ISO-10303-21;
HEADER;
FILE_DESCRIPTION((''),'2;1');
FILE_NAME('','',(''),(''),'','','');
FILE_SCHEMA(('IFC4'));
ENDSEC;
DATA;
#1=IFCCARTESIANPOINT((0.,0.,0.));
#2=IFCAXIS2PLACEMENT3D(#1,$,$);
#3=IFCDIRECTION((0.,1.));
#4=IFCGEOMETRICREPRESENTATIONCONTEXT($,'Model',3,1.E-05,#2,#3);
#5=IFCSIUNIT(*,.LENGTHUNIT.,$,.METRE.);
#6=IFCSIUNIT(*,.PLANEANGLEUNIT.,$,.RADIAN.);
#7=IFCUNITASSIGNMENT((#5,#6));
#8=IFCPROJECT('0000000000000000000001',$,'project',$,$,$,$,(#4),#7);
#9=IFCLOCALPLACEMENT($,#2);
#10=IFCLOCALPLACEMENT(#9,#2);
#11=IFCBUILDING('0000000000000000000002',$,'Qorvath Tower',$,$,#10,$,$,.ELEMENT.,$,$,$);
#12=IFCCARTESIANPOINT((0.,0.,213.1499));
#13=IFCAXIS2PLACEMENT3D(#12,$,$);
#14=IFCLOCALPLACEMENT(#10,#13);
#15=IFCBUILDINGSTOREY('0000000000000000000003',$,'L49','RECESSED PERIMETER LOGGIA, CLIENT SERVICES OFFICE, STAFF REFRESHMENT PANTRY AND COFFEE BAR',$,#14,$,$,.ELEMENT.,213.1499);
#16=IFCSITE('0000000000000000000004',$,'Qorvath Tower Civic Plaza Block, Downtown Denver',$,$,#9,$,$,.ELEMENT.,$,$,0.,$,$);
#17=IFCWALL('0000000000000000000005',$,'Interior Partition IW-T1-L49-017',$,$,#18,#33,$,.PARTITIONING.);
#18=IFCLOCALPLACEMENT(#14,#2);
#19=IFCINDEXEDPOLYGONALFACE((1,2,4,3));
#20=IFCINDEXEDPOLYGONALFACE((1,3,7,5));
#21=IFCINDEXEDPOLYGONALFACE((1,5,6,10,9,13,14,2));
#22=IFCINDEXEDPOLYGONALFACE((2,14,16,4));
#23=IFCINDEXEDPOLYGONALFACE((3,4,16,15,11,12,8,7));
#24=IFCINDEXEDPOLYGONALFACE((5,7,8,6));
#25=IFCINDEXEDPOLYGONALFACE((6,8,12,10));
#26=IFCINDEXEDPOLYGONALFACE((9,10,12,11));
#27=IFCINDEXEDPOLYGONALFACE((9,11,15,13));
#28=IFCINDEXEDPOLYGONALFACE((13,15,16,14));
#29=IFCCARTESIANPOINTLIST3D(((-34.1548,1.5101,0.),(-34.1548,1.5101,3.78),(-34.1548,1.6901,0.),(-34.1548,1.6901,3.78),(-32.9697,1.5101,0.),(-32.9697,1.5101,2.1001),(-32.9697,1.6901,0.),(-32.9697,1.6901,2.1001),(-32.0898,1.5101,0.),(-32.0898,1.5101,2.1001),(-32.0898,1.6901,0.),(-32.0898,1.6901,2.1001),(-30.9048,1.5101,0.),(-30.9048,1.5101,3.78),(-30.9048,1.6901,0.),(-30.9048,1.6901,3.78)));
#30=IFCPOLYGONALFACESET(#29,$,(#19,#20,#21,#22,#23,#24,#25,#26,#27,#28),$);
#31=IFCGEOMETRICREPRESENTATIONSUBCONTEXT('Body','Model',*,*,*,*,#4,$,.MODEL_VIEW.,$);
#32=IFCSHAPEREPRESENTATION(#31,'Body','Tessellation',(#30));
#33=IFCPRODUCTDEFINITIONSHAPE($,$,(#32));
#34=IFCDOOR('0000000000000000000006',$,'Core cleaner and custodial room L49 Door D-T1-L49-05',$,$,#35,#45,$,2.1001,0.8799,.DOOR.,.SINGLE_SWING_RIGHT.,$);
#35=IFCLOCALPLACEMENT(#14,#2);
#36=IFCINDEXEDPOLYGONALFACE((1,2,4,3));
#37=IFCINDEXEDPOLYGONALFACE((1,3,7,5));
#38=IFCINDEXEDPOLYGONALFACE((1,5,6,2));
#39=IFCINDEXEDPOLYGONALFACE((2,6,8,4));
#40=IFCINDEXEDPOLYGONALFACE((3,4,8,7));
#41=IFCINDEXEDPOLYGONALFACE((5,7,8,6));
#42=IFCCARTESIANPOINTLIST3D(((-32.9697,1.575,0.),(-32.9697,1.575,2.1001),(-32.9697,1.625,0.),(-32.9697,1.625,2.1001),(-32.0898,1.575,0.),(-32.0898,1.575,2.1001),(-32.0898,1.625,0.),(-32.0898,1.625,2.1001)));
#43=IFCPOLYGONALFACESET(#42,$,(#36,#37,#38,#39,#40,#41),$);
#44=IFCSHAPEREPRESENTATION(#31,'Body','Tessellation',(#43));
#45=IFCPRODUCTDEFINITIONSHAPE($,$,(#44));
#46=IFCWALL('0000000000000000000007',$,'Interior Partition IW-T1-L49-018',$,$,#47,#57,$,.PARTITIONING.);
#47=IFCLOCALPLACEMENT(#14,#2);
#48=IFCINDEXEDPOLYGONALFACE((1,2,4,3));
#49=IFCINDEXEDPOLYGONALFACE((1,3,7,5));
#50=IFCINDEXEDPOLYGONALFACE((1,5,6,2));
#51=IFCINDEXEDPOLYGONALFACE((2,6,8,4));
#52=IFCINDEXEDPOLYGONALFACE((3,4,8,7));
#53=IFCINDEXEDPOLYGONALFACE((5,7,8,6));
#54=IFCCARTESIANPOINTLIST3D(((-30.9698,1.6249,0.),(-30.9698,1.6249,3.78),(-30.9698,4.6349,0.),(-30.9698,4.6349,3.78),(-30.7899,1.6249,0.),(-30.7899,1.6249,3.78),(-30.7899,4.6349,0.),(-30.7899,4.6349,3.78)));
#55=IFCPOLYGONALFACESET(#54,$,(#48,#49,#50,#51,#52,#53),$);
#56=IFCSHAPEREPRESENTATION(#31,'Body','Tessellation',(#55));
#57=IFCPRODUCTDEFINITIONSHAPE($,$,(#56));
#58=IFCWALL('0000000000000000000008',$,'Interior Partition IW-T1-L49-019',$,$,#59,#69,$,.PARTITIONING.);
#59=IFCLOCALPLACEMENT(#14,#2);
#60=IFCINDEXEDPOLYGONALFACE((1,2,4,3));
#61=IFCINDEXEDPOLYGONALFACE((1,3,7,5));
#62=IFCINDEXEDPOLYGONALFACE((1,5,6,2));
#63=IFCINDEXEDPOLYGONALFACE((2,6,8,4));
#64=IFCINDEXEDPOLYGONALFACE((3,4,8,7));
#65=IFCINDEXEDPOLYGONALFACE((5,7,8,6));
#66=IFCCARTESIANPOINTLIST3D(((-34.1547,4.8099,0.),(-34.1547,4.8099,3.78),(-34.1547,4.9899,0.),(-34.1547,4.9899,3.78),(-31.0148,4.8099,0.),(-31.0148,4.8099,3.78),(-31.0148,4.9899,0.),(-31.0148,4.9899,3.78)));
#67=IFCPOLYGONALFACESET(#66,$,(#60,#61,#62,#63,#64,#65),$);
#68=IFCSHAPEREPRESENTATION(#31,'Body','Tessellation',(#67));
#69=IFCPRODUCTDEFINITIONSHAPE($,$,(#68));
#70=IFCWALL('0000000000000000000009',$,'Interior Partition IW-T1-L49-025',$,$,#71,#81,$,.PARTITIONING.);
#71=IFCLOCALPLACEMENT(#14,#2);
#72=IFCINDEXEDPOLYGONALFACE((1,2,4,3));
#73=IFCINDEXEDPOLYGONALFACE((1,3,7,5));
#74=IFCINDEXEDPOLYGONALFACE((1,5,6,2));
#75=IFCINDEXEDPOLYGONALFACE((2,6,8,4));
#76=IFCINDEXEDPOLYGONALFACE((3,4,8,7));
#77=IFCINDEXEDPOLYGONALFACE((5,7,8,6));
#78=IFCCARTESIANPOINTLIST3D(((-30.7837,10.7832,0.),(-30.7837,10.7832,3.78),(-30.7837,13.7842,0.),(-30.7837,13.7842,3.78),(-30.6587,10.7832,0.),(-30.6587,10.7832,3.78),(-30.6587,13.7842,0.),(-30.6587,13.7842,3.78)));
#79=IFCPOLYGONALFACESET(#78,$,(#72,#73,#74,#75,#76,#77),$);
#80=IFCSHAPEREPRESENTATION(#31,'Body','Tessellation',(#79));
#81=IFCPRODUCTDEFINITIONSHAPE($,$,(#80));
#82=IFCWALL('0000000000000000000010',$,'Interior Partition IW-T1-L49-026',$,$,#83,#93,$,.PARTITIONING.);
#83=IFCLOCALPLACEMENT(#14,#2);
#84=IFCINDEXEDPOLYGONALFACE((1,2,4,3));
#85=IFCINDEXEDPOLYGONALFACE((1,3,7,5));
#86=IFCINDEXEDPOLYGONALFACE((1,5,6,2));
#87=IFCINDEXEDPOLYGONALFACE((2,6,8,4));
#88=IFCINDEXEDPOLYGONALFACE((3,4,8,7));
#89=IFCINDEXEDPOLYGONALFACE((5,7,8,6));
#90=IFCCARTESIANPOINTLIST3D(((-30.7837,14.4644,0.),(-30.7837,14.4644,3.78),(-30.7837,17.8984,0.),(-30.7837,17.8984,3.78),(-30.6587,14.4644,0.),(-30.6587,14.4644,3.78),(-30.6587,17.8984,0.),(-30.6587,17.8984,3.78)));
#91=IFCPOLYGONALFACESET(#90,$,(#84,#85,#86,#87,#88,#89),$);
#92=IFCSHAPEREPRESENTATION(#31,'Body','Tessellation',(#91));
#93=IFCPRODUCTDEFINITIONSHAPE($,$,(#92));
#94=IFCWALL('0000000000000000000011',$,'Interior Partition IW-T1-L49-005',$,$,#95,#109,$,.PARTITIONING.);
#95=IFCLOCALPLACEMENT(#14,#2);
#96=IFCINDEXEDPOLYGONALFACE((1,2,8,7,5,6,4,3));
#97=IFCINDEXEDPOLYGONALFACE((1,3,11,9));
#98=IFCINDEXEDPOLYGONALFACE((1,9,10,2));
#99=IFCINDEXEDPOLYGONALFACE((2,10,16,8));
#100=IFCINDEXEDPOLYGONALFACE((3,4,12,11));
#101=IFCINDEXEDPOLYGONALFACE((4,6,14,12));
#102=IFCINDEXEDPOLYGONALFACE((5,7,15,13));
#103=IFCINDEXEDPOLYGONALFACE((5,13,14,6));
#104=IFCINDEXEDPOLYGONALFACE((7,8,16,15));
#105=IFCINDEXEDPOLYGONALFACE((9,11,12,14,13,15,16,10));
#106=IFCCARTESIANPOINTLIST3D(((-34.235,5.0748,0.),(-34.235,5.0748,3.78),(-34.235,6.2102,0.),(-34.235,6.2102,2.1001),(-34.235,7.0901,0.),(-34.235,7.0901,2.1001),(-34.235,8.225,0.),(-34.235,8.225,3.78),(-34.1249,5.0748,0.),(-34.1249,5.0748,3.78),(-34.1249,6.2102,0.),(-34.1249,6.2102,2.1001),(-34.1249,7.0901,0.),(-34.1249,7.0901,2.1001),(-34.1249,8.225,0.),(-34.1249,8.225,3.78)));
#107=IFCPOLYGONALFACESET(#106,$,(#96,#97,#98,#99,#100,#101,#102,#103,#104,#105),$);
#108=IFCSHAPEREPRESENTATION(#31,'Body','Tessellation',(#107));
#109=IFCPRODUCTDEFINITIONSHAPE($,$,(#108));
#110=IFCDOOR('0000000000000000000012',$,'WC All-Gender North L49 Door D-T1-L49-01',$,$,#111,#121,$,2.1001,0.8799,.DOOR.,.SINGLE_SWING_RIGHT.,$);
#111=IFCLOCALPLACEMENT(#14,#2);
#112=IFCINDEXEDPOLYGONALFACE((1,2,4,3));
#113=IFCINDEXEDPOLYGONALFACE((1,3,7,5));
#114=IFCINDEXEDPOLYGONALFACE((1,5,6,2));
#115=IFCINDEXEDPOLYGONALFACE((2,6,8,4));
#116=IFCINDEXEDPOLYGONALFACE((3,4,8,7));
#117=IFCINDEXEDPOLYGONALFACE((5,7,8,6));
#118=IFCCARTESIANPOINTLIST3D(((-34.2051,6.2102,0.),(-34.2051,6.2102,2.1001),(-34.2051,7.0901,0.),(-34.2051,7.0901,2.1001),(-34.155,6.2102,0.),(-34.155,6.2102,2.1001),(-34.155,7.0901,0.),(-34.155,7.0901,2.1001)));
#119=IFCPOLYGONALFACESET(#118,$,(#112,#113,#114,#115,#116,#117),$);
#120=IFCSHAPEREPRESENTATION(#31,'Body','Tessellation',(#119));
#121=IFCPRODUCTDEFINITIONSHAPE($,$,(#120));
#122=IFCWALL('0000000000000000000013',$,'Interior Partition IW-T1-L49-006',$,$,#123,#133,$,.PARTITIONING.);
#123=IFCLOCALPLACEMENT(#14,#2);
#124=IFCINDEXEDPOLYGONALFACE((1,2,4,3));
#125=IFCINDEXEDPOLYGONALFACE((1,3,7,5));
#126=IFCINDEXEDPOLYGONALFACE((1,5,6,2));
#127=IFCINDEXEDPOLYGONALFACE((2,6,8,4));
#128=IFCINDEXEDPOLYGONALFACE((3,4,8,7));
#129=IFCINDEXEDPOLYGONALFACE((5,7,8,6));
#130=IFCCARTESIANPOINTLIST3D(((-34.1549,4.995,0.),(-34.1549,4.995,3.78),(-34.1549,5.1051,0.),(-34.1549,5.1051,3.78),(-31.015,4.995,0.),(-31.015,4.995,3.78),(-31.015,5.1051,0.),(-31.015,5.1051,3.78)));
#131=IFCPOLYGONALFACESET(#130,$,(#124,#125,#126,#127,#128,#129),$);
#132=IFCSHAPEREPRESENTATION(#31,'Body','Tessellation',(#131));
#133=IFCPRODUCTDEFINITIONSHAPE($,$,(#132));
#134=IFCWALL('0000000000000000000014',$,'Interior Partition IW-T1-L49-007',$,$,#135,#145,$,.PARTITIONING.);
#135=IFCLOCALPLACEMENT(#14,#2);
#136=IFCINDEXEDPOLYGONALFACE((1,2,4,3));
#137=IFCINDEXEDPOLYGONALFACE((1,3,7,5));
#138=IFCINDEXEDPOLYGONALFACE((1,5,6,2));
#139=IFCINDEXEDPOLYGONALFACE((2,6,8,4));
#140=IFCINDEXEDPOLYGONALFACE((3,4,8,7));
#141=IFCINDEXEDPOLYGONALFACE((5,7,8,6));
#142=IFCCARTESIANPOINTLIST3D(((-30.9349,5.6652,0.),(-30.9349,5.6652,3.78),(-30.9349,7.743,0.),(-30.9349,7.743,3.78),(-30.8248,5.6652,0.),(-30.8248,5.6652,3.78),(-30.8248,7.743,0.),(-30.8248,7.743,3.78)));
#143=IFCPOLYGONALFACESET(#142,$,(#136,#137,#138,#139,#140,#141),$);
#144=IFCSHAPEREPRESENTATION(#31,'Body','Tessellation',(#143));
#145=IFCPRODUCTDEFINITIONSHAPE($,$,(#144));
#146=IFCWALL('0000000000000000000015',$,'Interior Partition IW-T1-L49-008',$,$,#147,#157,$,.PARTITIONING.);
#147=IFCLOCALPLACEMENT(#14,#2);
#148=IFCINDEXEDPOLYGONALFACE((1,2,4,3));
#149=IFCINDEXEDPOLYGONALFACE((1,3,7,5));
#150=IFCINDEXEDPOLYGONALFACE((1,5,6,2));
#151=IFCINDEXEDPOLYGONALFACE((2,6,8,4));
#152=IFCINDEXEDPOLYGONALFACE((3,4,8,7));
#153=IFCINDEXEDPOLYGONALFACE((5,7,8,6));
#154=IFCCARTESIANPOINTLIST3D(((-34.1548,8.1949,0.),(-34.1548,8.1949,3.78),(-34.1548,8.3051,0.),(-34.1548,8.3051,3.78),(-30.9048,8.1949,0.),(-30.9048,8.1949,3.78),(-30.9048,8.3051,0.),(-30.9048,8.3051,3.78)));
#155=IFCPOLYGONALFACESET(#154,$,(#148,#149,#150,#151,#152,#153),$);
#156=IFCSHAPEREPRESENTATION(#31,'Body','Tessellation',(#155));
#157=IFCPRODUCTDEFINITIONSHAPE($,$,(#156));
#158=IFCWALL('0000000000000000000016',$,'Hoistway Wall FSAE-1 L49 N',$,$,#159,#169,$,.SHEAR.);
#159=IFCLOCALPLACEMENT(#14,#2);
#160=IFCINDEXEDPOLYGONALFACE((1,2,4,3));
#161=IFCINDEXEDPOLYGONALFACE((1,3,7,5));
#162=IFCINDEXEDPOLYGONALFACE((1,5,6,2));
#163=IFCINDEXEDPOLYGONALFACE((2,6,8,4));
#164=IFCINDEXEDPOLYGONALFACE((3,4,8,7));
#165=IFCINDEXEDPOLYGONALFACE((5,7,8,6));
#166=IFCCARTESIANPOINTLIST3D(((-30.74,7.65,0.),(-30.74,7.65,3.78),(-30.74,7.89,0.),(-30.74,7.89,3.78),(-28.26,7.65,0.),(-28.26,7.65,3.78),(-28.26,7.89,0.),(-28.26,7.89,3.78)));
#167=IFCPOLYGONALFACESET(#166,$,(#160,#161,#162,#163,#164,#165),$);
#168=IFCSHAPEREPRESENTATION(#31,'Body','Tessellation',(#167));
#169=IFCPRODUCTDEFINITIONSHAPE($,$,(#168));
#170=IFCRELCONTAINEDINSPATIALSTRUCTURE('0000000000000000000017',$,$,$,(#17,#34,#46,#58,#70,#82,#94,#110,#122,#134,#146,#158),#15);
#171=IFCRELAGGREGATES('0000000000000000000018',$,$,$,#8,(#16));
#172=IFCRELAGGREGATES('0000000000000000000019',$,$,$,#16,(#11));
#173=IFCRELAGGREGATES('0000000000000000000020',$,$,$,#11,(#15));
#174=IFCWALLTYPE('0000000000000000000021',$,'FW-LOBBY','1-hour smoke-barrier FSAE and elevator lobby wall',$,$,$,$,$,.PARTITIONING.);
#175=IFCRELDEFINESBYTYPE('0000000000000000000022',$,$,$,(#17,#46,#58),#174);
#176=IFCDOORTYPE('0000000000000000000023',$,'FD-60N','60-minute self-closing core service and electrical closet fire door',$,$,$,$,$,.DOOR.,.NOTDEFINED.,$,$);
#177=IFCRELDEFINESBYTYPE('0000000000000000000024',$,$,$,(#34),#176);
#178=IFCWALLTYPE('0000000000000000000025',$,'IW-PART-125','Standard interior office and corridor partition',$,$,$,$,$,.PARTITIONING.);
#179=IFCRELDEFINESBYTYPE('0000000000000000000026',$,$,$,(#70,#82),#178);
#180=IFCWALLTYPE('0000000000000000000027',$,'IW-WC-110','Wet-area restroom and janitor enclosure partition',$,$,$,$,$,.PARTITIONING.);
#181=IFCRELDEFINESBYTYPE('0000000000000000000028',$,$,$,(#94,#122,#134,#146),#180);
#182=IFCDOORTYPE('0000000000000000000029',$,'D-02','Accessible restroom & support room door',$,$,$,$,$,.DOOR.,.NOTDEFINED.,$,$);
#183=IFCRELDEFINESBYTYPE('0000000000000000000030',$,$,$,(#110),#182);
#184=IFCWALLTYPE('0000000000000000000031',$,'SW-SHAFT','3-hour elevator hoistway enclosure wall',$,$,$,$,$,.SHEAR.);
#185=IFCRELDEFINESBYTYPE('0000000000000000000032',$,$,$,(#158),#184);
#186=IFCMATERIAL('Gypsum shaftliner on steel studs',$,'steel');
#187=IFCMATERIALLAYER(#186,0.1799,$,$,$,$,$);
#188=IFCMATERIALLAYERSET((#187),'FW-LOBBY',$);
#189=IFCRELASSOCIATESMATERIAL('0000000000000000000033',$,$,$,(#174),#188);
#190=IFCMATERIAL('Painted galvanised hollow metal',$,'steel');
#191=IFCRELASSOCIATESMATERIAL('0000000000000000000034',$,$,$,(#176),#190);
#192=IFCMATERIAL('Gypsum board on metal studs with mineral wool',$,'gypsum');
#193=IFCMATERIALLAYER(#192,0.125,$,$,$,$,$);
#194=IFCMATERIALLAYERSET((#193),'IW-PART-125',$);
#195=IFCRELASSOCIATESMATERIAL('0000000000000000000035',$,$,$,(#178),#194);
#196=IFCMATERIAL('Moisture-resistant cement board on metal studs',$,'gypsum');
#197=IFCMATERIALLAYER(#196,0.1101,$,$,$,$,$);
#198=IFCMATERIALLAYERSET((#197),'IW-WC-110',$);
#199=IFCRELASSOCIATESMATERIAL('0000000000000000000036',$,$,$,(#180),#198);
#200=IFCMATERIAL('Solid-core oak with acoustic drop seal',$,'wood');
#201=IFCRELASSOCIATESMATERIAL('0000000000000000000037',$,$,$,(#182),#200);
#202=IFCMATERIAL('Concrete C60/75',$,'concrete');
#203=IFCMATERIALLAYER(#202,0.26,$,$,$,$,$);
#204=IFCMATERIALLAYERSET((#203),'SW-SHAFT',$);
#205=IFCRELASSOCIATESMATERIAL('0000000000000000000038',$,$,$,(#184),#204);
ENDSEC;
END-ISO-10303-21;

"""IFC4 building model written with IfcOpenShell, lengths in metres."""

from ifc_helpers import new_model, si_unit, direction, frame, frame_2d, origin, place, context, subcontext, project, spatial, rectangle, extrude, material, layer, layer_set, type_object, element, fill, save


model = new_model("IFC4")

# Units and contexts
model_context = context("Model", 3, precision=1e-05, world=origin(), true_north=direction((0.0, 1.0)))
body_context = subcontext(model_context, "Body", "Model", "MODEL_VIEW")
ifc_project = project(units=[si_unit("LENGTHUNIT", "METRE"), si_unit("PLANEANGLEUNIT", "RADIAN")], contexts=[model_context])

# Site, building, storey
site_placement = place(None, origin())
site = spatial("IfcSite", under=ifc_project, at=site_placement, Name="Qorvath Tower Civic Plaza Block, Downtown Denver", CompositionType="ELEMENT", RefElevation=0.0)
building_placement = place(site_placement, origin())
building = spatial("IfcBuilding", under=site, at=building_placement, Name="Qorvath Tower", CompositionType="ELEMENT")
storey_placement = place(building_placement, frame((0.0, 0.0, 213.1499)))
storey = spatial("IfcBuildingStorey", under=building, at=storey_placement, Name="L49", Description="RECESSED PERIMETER LOGGIA, CLIENT SERVICES OFFICE, STAFF REFRESHMENT PANTRY AND COFFEE BAR", CompositionType="ELEMENT", Elevation=213.1499)

# Shared definitions
ifc_material_1 = material(Name="Gypsum shaftliner on steel studs", Category="steel")
ifc_layer_1 = layer(ifc_material_1, 0.1799)
ifc_layer_set_1 = layer_set([ifc_layer_1], Name="FW-LOBBY")
wall_type_1 = type_object("IfcWallType", Name="FW-LOBBY", Description="1-hour smoke-barrier FSAE and elevator lobby wall", PredefinedType="PARTITIONING", material=ifc_layer_set_1)

# Wall, opening, door
wall_1_placement = place(storey_placement, frame((-34.1548, 1.6001, 0.0), z_axis=(0.0, 0.0, 1.0), x_axis=(1.0, 0.0, 0.0)))
wall_1 = element("IfcWall", 1, at=wall_1_placement, inside=storey, type_object=wall_type_1, Name="Interior Partition IW-T1-L49-017", PredefinedType="PARTITIONING", context=body_context, shape_type="SweptSolid", body=[
    extrude(rectangle(XDim=3.25, YDim=0.1799, at=frame_2d((1.625, 0.0))), origin(), (0.0, 0.0, 1.0), 3.78),
])
opening_1_placement = place(wall_1_placement, frame((1.1851, 0.0, 0.0)))
opening_1 = element("IfcOpeningElement", 2, at=opening_1_placement, cuts=wall_1, PredefinedType="OPENING", context=body_context, shape_type="SweptSolid", body=[
    extrude(rectangle(XDim=0.8799, YDim=2.1001, at=frame_2d((0.4399, 1.05))), frame((0.0, 0.1001, 0.0), z_axis=(0.0, -1.0, 0.0), x_axis=(1.0, 0.0, 0.0)), (0.0, 0.0, 1.0), 0.2),
])
ifc_material_2 = material(Name="Painted galvanised hollow metal", Category="steel")
door_type_1 = type_object("IfcDoorType", Name="FD-60N", Description="60-minute self-closing core service and electrical closet fire door", OperationType="NOTDEFINED", PredefinedType="DOOR", material=ifc_material_2)
door_1_placement = place(opening_1_placement, origin())
door_1 = element("IfcDoor", 3, at=door_1_placement, inside=storey, type_object=door_type_1, Name="Core cleaner and custodial room L49 Door D-T1-L49-05", OperationType="SINGLE_SWING_RIGHT", OverallHeight=2.1001, OverallWidth=0.8799, PredefinedType="DOOR", context=body_context, shape_type="SweptSolid", body=[
    extrude(rectangle(XDim=0.8799, YDim=2.1001, at=frame_2d((0.4399, 1.05))), frame((0.0, 0.0249, 0.0), z_axis=(0.0, -1.0, 0.0), x_axis=(1.0, 0.0, 0.0)), (0.0, 0.0, 1.0), 0.05),
])
fill(opening_1, door_1)

# Walls
wall_2_placement = place(storey_placement, frame((-30.8799, 1.625, 0.0), z_axis=(0.0, 0.0, 1.0), x_axis=(0.0, 1.0, 0.0)))
element("IfcWall", 4, at=wall_2_placement, inside=storey, type_object=wall_type_1, Name="Interior Partition IW-T1-L49-018", PredefinedType="PARTITIONING", context=body_context, shape_type="SweptSolid", body=[
    extrude(rectangle(XDim=3.01, YDim=0.1799, at=frame_2d((1.5049, 0.0))), origin(), (0.0, 0.0, 1.0), 3.78),
])
wall_3_placement = place(storey_placement, frame((-31.0149, 4.8999, 0.0), z_axis=(0.0, 0.0, 1.0), x_axis=(-1.0, 0.0, 0.0)))
element("IfcWall", 5, at=wall_3_placement, inside=storey, type_object=wall_type_1, Name="Interior Partition IW-T1-L49-019", PredefinedType="PARTITIONING", context=body_context, shape_type="SweptSolid", body=[
    extrude(rectangle(XDim=3.1399, YDim=0.1799, at=frame_2d((1.5698, 0.0))), origin(), (0.0, 0.0, 1.0), 3.78),
])

# Walls
ifc_material_3 = material(Name="Gypsum board on metal studs with mineral wool", Category="gypsum")
ifc_layer_2 = layer(ifc_material_3, 0.125)
ifc_layer_set_2 = layer_set([ifc_layer_2], Name="IW-PART-125")
wall_type_2 = type_object("IfcWallType", Name="IW-PART-125", Description="Standard interior office and corridor partition", PredefinedType="PARTITIONING", material=ifc_layer_set_2)
wall_4_placement = place(storey_placement, frame((-30.7212, 10.7832, 0.0), z_axis=(0.0, 0.0, 1.0), x_axis=(0.0, 1.0, 0.0)))
element("IfcWall", 6, at=wall_4_placement, inside=storey, type_object=wall_type_2, Name="Interior Partition IW-T1-L49-025", PredefinedType="PARTITIONING", context=body_context, shape_type="SweptSolid", body=[
    extrude(rectangle(XDim=3.001, YDim=0.125, at=frame_2d((1.5005, 0.0))), origin(), (0.0, 0.0, 1.0), 3.78),
])
wall_5_placement = place(storey_placement, frame((-30.7212, 14.4644, 0.0), z_axis=(0.0, 0.0, 1.0), x_axis=(0.0, 1.0, 0.0)))
element("IfcWall", 7, at=wall_5_placement, inside=storey, type_object=wall_type_2, Name="Interior Partition IW-T1-L49-026", PredefinedType="PARTITIONING", context=body_context, shape_type="SweptSolid", body=[
    extrude(rectangle(XDim=3.4341, YDim=0.125, at=frame_2d((1.717, 0.0))), origin(), (0.0, 0.0, 1.0), 3.78),
])

# Wall, opening, door
ifc_material_4 = material(Name="Moisture-resistant cement board on metal studs", Category="gypsum")
ifc_layer_3 = layer(ifc_material_4, 0.1101)
ifc_layer_set_3 = layer_set([ifc_layer_3], Name="IW-WC-110")
wall_type_3 = type_object("IfcWallType", Name="IW-WC-110", Description="Wet-area restroom and janitor enclosure partition", PredefinedType="PARTITIONING", material=ifc_layer_set_3)
wall_6_placement = place(storey_placement, frame((-34.1799, 8.2251, 0.0), z_axis=(0.0, 0.0, 1.0), x_axis=(0.0, -1.0, 0.0)))
wall_6 = element("IfcWall", 8, at=wall_6_placement, inside=storey, type_object=wall_type_3, Name="Interior Partition IW-T1-L49-005", PredefinedType="PARTITIONING", context=body_context, shape_type="SweptSolid", body=[
    extrude(rectangle(XDim=3.1501, YDim=0.1101, at=frame_2d((1.5752, 0.0))), origin(), (0.0, 0.0, 1.0), 3.78),
])
opening_2_placement = place(wall_6_placement, frame((1.135, 0.0, 0.0)))
opening_2 = element("IfcOpeningElement", 9, at=opening_2_placement, cuts=wall_6, PredefinedType="OPENING", context=body_context, shape_type="SweptSolid", body=[
    extrude(rectangle(XDim=0.8799, YDim=2.1001, at=frame_2d((0.4399, 1.05))), frame((0.0, 0.0649, 0.0), z_axis=(0.0, -1.0, 0.0), x_axis=(1.0, 0.0, 0.0)), (0.0, 0.0, 1.0), 0.1301),
])
ifc_material_5 = material(Name="Solid-core oak with acoustic drop seal", Category="wood")
door_type_2 = type_object("IfcDoorType", Name="D-02", Description="Accessible restroom & support room door", OperationType="NOTDEFINED", PredefinedType="DOOR", material=ifc_material_5)
door_2_placement = place(opening_2_placement, origin())
door_2 = element("IfcDoor", 10, at=door_2_placement, inside=storey, type_object=door_type_2, Name="WC All-Gender North L49 Door D-T1-L49-01", OperationType="SINGLE_SWING_RIGHT", OverallHeight=2.1001, OverallWidth=0.8799, PredefinedType="DOOR", context=body_context, shape_type="SweptSolid", body=[
    extrude(rectangle(XDim=0.8799, YDim=2.1001, at=frame_2d((0.4399, 1.05))), frame((0.0, 0.0249, 0.0), z_axis=(0.0, -1.0, 0.0), x_axis=(1.0, 0.0, 0.0)), (0.0, 0.0, 1.0), 0.05),
])
fill(opening_2, door_2)

# Walls
wall_7_placement = place(storey_placement, frame((-34.1548, 5.05, 0.0), z_axis=(0.0, 0.0, 1.0), x_axis=(1.0, 0.0, 0.0)))
element("IfcWall", 11, at=wall_7_placement, inside=storey, type_object=wall_type_3, Name="Interior Partition IW-T1-L49-006", PredefinedType="PARTITIONING", context=body_context, shape_type="SweptSolid", body=[
    extrude(rectangle(XDim=3.1399, YDim=0.1101, at=frame_2d((1.5698, 0.0))), origin(), (0.0, 0.0, 1.0), 3.78),
])
wall_8_placement = place(storey_placement, frame((-30.8799, 5.665, 0.0), z_axis=(0.0, 0.0, 1.0), x_axis=(0.0, 1.0, 0.0)))
element("IfcWall", 12, at=wall_8_placement, inside=storey, type_object=wall_type_3, Name="Interior Partition IW-T1-L49-007", PredefinedType="PARTITIONING", context=body_context, shape_type="SweptSolid", body=[
    extrude(rectangle(XDim=2.0779, YDim=0.1101, at=frame_2d((1.0391, 0.0))), origin(), (0.0, 0.0, 1.0), 3.78),
])
wall_9_placement = place(storey_placement, frame((-30.9048, 8.25, 0.0), z_axis=(0.0, 0.0, 1.0), x_axis=(-1.0, 0.0, 0.0)))
element("IfcWall", 13, at=wall_9_placement, inside=storey, type_object=wall_type_3, Name="Interior Partition IW-T1-L49-008", PredefinedType="PARTITIONING", context=body_context, shape_type="SweptSolid", body=[
    extrude(rectangle(XDim=3.25, YDim=0.1101, at=frame_2d((1.625, 0.0))), origin(), (0.0, 0.0, 1.0), 3.78),
])
ifc_material_6 = material(Name="Concrete C60/75", Category="concrete")
ifc_layer_4 = layer(ifc_material_6, 0.26)
ifc_layer_set_4 = layer_set([ifc_layer_4], Name="SW-SHAFT")
wall_type_4 = type_object("IfcWallType", Name="SW-SHAFT", Description="3-hour elevator hoistway enclosure wall", PredefinedType="SHEAR", material=ifc_layer_set_4)
wall_10_placement = place(storey_placement, frame((-30.74, 7.77, 0.0), z_axis=(0.0, 0.0, 1.0), x_axis=(1.0, 0.0, 0.0)))
element("IfcWall", 14, at=wall_10_placement, inside=storey, type_object=wall_type_4, Name="Hoistway Wall FSAE-1 L49 N", PredefinedType="SHEAR", context=body_context, shape_type="SweptSolid", body=[
    extrude(rectangle(XDim=2.48, YDim=0.24, at=frame_2d((1.24, 0.0))), origin(), (0.0, 0.0, 1.0), 3.78),
])

save(model, "model.ifc")
